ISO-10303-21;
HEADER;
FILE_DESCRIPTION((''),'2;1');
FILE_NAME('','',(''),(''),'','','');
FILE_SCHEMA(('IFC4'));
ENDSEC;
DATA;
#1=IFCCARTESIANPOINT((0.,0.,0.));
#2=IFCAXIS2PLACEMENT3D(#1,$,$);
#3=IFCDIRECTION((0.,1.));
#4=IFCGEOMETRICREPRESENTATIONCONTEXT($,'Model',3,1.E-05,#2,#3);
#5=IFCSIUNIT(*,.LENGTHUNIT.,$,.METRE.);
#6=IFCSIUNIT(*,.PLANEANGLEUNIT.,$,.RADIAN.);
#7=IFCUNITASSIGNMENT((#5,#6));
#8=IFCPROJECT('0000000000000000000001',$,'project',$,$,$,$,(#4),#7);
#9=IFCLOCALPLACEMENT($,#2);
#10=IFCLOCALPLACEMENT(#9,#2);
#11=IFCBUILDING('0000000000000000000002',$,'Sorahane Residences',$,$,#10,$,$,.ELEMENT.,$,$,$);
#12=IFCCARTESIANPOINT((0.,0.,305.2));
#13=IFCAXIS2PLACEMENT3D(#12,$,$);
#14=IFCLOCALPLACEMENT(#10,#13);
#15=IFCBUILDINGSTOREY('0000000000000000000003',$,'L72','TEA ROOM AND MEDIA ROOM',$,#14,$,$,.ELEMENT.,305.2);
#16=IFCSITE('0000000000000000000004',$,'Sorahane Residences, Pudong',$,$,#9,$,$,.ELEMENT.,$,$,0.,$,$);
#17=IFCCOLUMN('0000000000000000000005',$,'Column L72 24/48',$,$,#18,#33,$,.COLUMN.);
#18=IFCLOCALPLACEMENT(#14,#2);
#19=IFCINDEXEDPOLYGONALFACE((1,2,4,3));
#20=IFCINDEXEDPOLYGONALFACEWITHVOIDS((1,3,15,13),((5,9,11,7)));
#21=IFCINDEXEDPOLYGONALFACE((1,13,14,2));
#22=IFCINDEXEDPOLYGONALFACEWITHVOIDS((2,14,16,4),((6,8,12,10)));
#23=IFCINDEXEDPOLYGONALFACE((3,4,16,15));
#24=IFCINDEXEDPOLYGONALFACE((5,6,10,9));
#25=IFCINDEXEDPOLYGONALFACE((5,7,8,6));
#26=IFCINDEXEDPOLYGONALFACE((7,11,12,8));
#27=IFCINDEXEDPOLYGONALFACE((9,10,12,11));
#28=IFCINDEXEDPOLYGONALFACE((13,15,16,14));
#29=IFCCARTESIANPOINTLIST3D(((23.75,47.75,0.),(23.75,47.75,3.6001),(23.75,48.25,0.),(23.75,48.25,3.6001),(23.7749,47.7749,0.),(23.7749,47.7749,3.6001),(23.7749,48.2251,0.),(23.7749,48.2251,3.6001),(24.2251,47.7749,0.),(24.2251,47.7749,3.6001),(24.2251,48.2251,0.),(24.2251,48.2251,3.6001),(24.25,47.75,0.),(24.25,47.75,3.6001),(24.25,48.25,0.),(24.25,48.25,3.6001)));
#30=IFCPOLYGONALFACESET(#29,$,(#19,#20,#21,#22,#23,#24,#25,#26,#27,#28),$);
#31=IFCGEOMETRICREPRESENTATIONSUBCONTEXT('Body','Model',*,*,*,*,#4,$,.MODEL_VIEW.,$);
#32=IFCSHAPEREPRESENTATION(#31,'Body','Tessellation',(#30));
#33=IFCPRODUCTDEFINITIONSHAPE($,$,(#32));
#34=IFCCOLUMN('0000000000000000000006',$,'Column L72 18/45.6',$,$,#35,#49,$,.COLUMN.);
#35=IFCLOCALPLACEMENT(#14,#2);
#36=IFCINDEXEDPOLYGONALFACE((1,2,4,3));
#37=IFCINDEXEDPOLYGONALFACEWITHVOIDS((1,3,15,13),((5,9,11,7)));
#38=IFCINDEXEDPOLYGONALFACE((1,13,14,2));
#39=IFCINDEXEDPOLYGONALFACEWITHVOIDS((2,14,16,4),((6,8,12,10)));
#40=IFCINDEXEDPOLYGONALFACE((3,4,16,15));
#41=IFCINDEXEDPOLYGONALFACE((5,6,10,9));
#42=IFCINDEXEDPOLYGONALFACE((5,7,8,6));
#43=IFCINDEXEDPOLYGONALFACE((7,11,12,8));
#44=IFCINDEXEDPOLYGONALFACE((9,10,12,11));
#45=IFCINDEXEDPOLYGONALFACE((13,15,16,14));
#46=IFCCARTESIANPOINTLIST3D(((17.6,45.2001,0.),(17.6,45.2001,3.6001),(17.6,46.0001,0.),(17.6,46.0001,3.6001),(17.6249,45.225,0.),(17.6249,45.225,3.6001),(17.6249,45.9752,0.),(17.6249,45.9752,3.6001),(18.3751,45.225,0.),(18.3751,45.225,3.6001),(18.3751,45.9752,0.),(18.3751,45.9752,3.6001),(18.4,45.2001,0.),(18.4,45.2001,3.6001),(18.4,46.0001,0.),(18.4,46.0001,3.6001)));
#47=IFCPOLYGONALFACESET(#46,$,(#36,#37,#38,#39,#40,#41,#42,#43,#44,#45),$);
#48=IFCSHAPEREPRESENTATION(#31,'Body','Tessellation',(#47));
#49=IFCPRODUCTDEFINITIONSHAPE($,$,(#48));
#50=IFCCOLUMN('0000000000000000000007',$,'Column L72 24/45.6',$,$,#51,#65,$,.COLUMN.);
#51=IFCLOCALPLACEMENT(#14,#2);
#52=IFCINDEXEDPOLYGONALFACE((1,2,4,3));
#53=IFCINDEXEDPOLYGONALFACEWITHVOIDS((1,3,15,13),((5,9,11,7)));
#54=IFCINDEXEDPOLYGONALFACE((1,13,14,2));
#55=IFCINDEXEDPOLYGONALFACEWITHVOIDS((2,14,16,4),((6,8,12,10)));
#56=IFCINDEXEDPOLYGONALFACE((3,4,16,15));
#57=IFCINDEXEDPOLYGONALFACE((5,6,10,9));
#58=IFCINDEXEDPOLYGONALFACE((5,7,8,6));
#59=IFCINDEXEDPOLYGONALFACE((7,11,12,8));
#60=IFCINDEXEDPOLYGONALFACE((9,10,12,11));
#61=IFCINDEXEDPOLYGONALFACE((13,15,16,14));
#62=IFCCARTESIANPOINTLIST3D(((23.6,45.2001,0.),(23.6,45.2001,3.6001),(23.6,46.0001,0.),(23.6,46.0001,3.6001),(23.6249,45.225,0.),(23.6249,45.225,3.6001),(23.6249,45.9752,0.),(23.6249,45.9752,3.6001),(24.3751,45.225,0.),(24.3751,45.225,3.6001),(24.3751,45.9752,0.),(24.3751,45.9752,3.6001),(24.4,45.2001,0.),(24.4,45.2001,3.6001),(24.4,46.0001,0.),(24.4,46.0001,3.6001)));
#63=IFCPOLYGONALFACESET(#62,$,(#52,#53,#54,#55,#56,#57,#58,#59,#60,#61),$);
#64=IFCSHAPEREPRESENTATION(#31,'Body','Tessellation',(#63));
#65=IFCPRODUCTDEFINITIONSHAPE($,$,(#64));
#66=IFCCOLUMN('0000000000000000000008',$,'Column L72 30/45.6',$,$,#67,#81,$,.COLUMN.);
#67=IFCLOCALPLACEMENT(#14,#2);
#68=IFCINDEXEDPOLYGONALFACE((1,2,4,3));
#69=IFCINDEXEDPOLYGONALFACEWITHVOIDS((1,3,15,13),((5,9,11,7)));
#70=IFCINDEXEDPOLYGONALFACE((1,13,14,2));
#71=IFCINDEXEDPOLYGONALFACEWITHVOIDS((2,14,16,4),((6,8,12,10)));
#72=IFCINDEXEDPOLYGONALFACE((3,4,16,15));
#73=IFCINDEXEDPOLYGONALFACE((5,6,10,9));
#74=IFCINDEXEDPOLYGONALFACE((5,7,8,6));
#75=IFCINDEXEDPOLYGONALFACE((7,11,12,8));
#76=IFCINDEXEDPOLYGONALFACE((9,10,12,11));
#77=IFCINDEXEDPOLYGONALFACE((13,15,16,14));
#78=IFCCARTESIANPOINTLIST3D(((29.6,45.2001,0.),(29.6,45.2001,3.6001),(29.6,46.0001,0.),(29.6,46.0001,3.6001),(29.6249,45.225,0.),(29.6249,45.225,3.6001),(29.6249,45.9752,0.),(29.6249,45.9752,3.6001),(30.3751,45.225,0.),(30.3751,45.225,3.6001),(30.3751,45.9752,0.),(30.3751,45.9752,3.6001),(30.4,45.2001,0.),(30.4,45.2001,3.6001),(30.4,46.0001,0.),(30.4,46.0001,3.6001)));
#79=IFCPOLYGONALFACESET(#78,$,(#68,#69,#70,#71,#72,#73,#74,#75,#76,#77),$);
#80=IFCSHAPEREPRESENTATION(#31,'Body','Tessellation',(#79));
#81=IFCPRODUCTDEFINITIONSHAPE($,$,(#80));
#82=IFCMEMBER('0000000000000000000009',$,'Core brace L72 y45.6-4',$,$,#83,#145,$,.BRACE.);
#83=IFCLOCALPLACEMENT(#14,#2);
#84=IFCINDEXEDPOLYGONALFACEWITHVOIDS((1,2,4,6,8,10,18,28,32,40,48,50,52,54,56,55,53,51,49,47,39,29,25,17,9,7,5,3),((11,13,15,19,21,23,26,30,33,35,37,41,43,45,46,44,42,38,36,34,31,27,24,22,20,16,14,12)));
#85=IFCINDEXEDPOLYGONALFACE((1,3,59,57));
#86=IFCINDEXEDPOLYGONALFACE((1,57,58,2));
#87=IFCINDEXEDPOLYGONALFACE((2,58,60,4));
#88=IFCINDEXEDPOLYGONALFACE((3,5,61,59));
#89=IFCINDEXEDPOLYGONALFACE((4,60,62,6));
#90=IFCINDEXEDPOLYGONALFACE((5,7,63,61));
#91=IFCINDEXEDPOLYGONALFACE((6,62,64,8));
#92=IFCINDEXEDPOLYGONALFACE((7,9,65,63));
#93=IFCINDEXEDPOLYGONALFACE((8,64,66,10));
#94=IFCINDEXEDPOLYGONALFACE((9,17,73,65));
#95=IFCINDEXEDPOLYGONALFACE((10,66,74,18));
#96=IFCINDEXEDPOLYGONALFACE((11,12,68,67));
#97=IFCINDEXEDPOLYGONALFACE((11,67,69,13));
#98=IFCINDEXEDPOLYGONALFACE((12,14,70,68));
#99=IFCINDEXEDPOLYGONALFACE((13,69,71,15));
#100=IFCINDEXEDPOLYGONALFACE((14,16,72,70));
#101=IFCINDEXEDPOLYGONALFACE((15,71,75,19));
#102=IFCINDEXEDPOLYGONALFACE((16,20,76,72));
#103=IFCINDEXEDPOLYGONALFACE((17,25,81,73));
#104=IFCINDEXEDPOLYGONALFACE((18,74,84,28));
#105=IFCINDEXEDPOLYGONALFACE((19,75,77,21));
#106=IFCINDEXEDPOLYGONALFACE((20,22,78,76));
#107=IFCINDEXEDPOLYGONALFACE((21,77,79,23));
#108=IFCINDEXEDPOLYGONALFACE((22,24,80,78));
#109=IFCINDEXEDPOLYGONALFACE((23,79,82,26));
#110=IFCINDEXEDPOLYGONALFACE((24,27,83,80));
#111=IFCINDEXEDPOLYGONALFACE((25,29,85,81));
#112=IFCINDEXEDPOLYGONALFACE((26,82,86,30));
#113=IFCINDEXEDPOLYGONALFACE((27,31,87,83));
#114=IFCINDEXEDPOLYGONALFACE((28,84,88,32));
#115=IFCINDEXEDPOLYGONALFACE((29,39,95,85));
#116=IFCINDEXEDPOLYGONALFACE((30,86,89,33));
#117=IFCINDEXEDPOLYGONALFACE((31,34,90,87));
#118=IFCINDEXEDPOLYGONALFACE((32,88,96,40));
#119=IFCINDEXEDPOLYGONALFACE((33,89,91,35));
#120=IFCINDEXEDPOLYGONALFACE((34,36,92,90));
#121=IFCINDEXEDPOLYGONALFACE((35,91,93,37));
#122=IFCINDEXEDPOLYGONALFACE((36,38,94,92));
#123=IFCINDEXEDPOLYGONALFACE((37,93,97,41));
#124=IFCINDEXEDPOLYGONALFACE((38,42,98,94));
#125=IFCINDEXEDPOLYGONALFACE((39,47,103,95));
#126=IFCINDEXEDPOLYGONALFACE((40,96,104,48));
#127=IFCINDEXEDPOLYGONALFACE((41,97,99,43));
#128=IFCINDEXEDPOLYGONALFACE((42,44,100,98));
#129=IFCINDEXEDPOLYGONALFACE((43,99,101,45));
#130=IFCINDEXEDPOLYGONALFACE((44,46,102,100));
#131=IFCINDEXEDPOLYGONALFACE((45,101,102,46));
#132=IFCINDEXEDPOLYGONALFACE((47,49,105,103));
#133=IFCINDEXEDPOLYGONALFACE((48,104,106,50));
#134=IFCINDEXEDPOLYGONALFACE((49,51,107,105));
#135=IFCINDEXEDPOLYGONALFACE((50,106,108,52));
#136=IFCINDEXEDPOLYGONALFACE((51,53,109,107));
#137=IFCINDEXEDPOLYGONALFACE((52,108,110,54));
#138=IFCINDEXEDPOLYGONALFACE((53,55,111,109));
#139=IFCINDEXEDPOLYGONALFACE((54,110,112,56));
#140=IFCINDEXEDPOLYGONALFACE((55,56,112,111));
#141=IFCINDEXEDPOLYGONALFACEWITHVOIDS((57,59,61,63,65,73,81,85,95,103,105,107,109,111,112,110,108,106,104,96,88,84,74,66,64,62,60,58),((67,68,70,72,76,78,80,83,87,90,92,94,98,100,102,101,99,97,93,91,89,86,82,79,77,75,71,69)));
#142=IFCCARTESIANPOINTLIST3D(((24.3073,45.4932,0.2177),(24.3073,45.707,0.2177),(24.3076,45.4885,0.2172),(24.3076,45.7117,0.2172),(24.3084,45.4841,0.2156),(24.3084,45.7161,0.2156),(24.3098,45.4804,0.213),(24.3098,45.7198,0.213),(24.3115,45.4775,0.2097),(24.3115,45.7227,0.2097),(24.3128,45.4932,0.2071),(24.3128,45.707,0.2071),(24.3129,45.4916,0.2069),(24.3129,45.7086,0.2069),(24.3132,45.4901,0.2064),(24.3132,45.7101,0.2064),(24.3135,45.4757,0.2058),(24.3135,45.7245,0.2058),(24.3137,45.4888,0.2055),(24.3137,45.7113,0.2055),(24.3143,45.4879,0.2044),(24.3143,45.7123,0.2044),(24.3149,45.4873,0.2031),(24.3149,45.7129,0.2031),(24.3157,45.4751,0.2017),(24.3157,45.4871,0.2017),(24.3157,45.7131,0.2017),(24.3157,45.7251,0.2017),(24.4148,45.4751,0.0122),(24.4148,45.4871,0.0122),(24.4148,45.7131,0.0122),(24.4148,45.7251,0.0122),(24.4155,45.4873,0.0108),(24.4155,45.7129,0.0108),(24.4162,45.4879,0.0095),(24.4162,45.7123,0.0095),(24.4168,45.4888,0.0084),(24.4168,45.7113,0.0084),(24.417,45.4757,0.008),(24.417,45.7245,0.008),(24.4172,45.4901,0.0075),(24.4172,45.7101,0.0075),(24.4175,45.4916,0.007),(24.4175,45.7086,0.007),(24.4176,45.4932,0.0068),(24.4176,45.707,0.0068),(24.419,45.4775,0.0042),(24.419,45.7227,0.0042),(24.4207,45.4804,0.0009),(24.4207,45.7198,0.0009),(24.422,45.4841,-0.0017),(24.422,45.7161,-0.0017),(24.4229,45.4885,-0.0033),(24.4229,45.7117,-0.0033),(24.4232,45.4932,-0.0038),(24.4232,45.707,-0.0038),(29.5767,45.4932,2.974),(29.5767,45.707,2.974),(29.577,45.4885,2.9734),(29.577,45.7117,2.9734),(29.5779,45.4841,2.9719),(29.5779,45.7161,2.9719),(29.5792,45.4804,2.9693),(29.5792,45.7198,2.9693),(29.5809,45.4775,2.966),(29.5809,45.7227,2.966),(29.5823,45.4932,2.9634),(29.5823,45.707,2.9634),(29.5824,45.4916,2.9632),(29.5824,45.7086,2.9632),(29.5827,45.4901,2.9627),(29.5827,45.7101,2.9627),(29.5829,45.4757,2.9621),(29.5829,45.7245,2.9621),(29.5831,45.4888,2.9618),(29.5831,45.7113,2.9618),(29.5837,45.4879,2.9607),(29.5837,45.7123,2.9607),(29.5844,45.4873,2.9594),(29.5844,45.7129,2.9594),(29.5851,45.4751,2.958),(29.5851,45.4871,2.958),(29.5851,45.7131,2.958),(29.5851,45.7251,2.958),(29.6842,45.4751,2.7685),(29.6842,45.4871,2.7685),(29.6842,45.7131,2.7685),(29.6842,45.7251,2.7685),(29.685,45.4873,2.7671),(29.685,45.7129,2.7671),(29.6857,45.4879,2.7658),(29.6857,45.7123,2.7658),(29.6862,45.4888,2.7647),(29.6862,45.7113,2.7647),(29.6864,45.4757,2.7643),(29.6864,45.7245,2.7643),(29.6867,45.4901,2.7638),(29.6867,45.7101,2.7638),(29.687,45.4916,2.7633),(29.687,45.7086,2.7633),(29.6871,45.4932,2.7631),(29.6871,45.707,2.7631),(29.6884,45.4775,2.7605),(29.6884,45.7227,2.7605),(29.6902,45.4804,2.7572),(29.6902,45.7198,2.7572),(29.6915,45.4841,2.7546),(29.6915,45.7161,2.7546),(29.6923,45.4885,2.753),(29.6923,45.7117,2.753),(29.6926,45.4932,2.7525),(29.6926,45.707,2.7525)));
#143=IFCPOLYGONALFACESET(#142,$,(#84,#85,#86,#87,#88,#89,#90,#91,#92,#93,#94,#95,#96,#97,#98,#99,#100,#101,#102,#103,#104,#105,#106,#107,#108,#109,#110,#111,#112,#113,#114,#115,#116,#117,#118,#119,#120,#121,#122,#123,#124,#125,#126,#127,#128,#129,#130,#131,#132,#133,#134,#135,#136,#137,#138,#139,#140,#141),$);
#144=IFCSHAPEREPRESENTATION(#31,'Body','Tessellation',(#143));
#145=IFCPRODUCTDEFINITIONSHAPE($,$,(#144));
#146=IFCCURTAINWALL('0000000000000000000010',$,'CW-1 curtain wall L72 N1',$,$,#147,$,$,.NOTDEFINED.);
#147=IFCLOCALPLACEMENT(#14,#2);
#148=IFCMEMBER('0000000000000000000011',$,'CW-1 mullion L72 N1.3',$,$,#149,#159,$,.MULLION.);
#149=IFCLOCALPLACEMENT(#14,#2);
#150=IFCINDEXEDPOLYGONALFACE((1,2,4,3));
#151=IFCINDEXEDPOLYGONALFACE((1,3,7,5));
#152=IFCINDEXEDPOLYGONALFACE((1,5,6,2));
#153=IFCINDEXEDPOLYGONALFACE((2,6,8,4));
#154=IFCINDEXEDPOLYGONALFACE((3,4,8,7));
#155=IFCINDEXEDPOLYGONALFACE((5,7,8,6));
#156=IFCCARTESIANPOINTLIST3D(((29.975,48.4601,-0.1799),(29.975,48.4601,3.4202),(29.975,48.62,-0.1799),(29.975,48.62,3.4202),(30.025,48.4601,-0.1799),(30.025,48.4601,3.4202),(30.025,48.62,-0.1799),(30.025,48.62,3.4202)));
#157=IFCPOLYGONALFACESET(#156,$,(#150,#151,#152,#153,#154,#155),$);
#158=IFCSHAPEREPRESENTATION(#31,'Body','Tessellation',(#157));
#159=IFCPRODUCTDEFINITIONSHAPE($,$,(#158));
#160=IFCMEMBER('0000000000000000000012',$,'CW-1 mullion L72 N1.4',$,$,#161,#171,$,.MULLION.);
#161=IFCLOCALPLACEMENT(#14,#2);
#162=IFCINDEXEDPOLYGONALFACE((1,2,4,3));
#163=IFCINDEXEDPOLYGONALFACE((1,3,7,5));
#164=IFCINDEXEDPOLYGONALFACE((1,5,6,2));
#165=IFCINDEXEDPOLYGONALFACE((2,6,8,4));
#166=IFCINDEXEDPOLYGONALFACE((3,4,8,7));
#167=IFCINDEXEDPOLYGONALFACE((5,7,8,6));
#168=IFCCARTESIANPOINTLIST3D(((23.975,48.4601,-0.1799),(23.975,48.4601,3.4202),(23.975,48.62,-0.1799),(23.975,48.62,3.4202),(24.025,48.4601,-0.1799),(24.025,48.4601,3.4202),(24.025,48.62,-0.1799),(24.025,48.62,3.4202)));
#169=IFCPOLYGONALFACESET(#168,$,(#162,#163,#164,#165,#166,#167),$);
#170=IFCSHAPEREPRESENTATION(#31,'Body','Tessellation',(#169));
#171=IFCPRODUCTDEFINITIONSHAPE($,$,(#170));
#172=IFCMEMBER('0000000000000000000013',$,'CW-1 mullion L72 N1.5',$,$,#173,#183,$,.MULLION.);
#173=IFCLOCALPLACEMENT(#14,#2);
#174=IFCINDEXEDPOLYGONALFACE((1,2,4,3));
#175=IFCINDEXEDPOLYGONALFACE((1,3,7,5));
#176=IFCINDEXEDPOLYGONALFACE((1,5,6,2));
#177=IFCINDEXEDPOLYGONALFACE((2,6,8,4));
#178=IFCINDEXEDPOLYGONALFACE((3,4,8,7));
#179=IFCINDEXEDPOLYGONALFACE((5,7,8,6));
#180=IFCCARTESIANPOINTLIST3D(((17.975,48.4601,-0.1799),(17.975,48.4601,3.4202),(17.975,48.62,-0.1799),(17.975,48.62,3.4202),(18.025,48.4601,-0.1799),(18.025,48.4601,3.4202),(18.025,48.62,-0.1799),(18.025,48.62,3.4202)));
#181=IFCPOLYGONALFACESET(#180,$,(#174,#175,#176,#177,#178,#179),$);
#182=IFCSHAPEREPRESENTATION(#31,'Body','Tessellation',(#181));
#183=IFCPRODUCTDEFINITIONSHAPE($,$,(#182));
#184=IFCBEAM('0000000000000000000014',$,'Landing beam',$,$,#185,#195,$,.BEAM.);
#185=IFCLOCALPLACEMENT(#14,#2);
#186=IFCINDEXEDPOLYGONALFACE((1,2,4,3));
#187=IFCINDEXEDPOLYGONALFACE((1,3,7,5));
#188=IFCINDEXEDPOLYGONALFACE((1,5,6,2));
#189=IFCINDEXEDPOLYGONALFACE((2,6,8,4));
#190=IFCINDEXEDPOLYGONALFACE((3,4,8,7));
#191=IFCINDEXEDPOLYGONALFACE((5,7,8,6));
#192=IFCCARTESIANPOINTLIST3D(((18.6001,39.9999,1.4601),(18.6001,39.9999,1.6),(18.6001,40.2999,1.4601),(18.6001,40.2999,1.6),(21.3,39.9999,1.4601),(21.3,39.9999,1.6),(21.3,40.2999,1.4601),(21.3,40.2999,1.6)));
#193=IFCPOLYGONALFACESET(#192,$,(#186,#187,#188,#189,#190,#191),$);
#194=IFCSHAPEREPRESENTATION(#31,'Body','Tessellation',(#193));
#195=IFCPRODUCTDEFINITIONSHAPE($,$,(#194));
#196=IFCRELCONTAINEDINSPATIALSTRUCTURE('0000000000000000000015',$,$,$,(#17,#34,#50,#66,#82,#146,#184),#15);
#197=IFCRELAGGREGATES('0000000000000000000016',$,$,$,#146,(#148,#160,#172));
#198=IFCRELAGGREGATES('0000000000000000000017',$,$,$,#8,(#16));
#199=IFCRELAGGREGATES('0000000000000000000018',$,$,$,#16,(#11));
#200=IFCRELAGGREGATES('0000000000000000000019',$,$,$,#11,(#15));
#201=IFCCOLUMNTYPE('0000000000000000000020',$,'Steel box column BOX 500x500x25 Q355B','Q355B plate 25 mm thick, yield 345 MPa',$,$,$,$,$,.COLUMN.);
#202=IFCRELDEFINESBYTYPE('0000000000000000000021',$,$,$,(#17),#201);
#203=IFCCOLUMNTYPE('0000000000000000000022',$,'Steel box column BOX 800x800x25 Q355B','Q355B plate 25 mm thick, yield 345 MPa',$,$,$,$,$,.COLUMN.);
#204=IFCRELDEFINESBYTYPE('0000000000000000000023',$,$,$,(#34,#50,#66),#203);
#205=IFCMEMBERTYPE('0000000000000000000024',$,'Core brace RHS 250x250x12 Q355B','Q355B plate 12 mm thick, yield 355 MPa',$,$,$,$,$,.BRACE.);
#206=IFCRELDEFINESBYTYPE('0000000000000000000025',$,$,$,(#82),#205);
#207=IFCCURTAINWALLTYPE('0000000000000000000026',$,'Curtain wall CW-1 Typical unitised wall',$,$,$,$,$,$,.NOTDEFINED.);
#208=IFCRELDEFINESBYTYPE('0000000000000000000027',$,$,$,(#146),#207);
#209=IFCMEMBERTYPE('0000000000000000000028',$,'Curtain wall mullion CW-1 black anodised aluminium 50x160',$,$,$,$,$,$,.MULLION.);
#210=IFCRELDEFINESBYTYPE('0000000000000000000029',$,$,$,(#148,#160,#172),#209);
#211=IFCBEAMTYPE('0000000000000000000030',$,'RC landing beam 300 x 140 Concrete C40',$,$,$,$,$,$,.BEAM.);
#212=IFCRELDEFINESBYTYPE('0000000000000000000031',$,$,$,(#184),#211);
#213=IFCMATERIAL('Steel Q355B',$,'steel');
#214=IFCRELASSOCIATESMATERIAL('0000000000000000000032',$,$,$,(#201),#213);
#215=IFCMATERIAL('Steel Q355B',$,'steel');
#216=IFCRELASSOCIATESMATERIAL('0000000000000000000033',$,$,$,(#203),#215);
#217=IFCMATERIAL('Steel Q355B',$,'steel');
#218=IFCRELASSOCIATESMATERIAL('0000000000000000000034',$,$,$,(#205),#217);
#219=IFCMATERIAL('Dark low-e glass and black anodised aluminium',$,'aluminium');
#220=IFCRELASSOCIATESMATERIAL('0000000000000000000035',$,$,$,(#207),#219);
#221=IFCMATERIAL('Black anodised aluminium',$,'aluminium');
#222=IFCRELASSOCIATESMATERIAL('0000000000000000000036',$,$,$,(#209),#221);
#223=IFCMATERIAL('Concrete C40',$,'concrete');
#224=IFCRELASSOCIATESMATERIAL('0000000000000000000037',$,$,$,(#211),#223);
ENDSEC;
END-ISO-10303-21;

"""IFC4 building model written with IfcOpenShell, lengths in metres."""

from ifc_helpers import new_model, si_unit, direction, frame, origin, origin_2d, place, context, subcontext, project, spatial, rectangle, hollow_rectangle, extrude, material, material_profile, profile_set, type_object, element, aggregate, save


model = new_model("IFC4")

# Units and contexts
model_context = context("Model", 3, precision=1e-05, world=origin(), true_north=direction((0.0, 1.0)))
body_context = subcontext(model_context, "Body", "Model", "MODEL_VIEW")
ifc_project = project(units=[si_unit("LENGTHUNIT", "METRE"), si_unit("PLANEANGLEUNIT", "RADIAN")], contexts=[model_context])

# Site, building, storey
site_placement = place(None, origin())
site = spatial("IfcSite", under=ifc_project, at=site_placement, Name="Sorahane Residences, Pudong", CompositionType="ELEMENT", RefElevation=0.0)
building_placement = place(site_placement, origin())
building = spatial("IfcBuilding", under=site, at=building_placement, Name="Sorahane Residences", CompositionType="ELEMENT")
storey_placement = place(building_placement, frame((0.0, 0.0, 305.2)))
storey = spatial("IfcBuildingStorey", under=building, at=storey_placement, Name="L72", Description="TEA ROOM AND MEDIA ROOM", CompositionType="ELEMENT", Elevation=305.2)

# Columns
ifc_material_1 = material(Name="Steel Q355B", Category="steel")
ifc_material_profile_1 = material_profile(ifc_material_1, hollow_rectangle(XDim=0.5, YDim=0.5, WallThickness=0.0249, at=origin_2d()), Name="BOX 500x500x25")
ifc_profile_set_1 = profile_set([ifc_material_profile_1], Name="Steel Q355B")
column_type_1 = type_object("IfcColumnType", Name="Steel box column BOX 500x500x25 Q355B", Description="Q355B plate 25 mm thick, yield 345 MPa", PredefinedType="COLUMN", material=ifc_profile_set_1)
column_placement = place(storey_placement, frame((24.0, 48.0, 0.0), z_axis=(0.0, 0.0, 1.0), x_axis=(1.0, 0.0, 0.0)))
element("IfcColumn", 1, at=column_placement, inside=storey, type_object=column_type_1, Name="Column L72 24/48", PredefinedType="COLUMN", context=body_context, shape_type="SweptSolid", body=[
    extrude(hollow_rectangle(XDim=0.5, YDim=0.5, WallThickness=0.0249, at=origin_2d()), origin(), (0.0, 0.0, 1.0), 3.6001),
])
ifc_material_2 = material(Name="Steel Q355B", Category="steel")
ifc_material_profile_2 = material_profile(ifc_material_2, hollow_rectangle(XDim=0.8, YDim=0.8, WallThickness=0.0249, at=origin_2d()), Name="BOX 800x800x25")
ifc_profile_set_2 = profile_set([ifc_material_profile_2], Name="Steel Q355B")
column_type_2 = type_object("IfcColumnType", Name="Steel box column BOX 800x800x25 Q355B", Description="Q355B plate 25 mm thick, yield 345 MPa", PredefinedType="COLUMN", material=ifc_profile_set_2)
for number, where, z_axis, x_axis, name in (
    (2, (18.0, 45.6001, 0.0), (0.0, 0.0, 1.0), (1.0, 0.0, 0.0), "Column L72 18/45.6"),
    (3, (24.0, 45.6001, 0.0), (0.0, 0.0, 1.0), (1.0, 0.0, 0.0), "Column L72 24/45.6"),
    (4, (30.0, 45.6001, 0.0), (0.0, 0.0, 1.0), (1.0, 0.0, 0.0), "Column L72 30/45.6"),
):
    element("IfcColumn", number, at=place(storey_placement, frame(where, z_axis=z_axis, x_axis=x_axis)), inside=storey, type_object=column_type_2, Name=name, PredefinedType="COLUMN", context=body_context, shape_type="SweptSolid", body=[
        extrude(hollow_rectangle(XDim=0.8, YDim=0.8, WallThickness=0.0249, at=origin_2d()), origin(), (0.0, 0.0, 1.0), 3.6001),
    ])

# Member
ifc_material_3 = material(Name="Steel Q355B", Category="steel")
ifc_material_profile_3 = material_profile(ifc_material_3, hollow_rectangle(XDim=0.25, YDim=0.25, WallThickness=0.012, InnerFilletRadius=0.0061, OuterFilletRadius=0.0181, at=origin_2d()), Name="RHS 250x250x12")
ifc_profile_set_3 = profile_set([ifc_material_profile_3], Name="Steel Q355B")
member_type_1 = type_object("IfcMemberType", Name="Core brace RHS 250x250x12 Q355B", Description="Q355B plate 12 mm thick, yield 355 MPa", PredefinedType="BRACE", material=ifc_profile_set_3)
member_1_placement = place(storey_placement, frame((24.3652, 45.6001, 0.1069), z_axis=(0.8861, 0.0, 0.463495), x_axis=(0.0, 1.0, 0.0)))
element("IfcMember", 5, at=member_1_placement, inside=storey, type_object=member_type_1, Name="Core brace L72 y45.6-4", PredefinedType="BRACE", context=body_context, shape_type="SweptSolid", body=[
    extrude(hollow_rectangle(XDim=0.25, YDim=0.25, WallThickness=0.012, InnerFilletRadius=0.0061, OuterFilletRadius=0.0181, at=origin_2d()), origin(), (0.0, 0.0, 1.0), 5.9468),
])

# Curtain wall, members
ifc_material_4 = material(Name="Dark low-e glass and black anodised aluminium", Category="aluminium")
curtain_wall_type = type_object("IfcCurtainWallType", Name="Curtain wall CW-1 Typical unitised wall", PredefinedType="NOTDEFINED", material=ifc_material_4)
curtain_wall_placement = place(storey_placement, origin())
curtain_wall = element("IfcCurtainWall", 6, at=curtain_wall_placement, inside=storey, type_object=curtain_wall_type, Name="CW-1 curtain wall L72 N1", PredefinedType="NOTDEFINED")
ifc_material_5 = material(Name="Black anodised aluminium", Category="aluminium")
ifc_material_profile_4 = material_profile(ifc_material_5, rectangle(XDim=0.1599, YDim=0.05, at=origin_2d()), Name="Curtain wall mullion CW-1 black anodised aluminium 50x160")
ifc_profile_set_4 = profile_set([ifc_material_profile_4], Name="Black anodised aluminium")
member_type_2 = type_object("IfcMemberType", Name="Curtain wall mullion CW-1 black anodised aluminium 50x160", PredefinedType="MULLION", material=ifc_profile_set_4)
member_2_placement = place(storey_placement, frame((30.0, 48.54, -0.1799), z_axis=(0.0, 0.0, 1.0), x_axis=(0.0, 1.0, 0.0)))
member_2 = element("IfcMember", 7, at=member_2_placement, type_object=member_type_2, Name="CW-1 mullion L72 N1.3", PredefinedType="MULLION", context=body_context, shape_type="SweptSolid", body=[
    extrude(rectangle(XDim=0.1599, YDim=0.05, at=origin_2d()), origin(), (0.0, 0.0, 1.0), 3.6001),
])
member_3_placement = place(storey_placement, frame((24.0, 48.54, -0.1799), z_axis=(0.0, 0.0, 1.0), x_axis=(0.0, 1.0, 0.0)))
member_3 = element("IfcMember", 8, at=member_3_placement, type_object=member_type_2, Name="CW-1 mullion L72 N1.4", PredefinedType="MULLION", context=body_context, shape_type="SweptSolid", body=[
    extrude(rectangle(XDim=0.1599, YDim=0.05, at=origin_2d()), origin(), (0.0, 0.0, 1.0), 3.6001),
])
member_4_placement = place(storey_placement, frame((18.0, 48.54, -0.1799), z_axis=(0.0, 0.0, 1.0), x_axis=(0.0, 1.0, 0.0)))
member_4 = element("IfcMember", 9, at=member_4_placement, type_object=member_type_2, Name="CW-1 mullion L72 N1.5", PredefinedType="MULLION", context=body_context, shape_type="SweptSolid", body=[
    extrude(rectangle(XDim=0.1599, YDim=0.05, at=origin_2d()), origin(), (0.0, 0.0, 1.0), 3.6001),
])

# Beam
ifc_material_6 = material(Name="Concrete C40", Category="concrete")
ifc_material_profile_5 = material_profile(ifc_material_6, rectangle(XDim=0.3, YDim=0.1399, at=origin_2d()), Name="300x140")
ifc_profile_set_5 = profile_set([ifc_material_profile_5], Name="Concrete C40")
beam_type_1 = type_object("IfcBeamType", Name="RC landing beam 300 x 140 Concrete C40", PredefinedType="BEAM", material=ifc_profile_set_5)
beam_1_placement = place(storey_placement, frame((18.6001, 40.1499, 1.53), z_axis=(1.0, 0.0, 0.0), x_axis=(0.0, 1.0, 0.0)))
element("IfcBeam", 10, at=beam_1_placement, inside=storey, type_object=beam_type_1, Name="Landing beam", PredefinedType="BEAM", context=body_context, shape_type="SweptSolid", body=[
    extrude(rectangle(XDim=0.3, YDim=0.1399, at=origin_2d()), origin(), (0.0, 0.0, 1.0), 2.7),
])

aggregate(curtain_wall, [member_2, member_3, member_4])

save(model, "model.ifc")
